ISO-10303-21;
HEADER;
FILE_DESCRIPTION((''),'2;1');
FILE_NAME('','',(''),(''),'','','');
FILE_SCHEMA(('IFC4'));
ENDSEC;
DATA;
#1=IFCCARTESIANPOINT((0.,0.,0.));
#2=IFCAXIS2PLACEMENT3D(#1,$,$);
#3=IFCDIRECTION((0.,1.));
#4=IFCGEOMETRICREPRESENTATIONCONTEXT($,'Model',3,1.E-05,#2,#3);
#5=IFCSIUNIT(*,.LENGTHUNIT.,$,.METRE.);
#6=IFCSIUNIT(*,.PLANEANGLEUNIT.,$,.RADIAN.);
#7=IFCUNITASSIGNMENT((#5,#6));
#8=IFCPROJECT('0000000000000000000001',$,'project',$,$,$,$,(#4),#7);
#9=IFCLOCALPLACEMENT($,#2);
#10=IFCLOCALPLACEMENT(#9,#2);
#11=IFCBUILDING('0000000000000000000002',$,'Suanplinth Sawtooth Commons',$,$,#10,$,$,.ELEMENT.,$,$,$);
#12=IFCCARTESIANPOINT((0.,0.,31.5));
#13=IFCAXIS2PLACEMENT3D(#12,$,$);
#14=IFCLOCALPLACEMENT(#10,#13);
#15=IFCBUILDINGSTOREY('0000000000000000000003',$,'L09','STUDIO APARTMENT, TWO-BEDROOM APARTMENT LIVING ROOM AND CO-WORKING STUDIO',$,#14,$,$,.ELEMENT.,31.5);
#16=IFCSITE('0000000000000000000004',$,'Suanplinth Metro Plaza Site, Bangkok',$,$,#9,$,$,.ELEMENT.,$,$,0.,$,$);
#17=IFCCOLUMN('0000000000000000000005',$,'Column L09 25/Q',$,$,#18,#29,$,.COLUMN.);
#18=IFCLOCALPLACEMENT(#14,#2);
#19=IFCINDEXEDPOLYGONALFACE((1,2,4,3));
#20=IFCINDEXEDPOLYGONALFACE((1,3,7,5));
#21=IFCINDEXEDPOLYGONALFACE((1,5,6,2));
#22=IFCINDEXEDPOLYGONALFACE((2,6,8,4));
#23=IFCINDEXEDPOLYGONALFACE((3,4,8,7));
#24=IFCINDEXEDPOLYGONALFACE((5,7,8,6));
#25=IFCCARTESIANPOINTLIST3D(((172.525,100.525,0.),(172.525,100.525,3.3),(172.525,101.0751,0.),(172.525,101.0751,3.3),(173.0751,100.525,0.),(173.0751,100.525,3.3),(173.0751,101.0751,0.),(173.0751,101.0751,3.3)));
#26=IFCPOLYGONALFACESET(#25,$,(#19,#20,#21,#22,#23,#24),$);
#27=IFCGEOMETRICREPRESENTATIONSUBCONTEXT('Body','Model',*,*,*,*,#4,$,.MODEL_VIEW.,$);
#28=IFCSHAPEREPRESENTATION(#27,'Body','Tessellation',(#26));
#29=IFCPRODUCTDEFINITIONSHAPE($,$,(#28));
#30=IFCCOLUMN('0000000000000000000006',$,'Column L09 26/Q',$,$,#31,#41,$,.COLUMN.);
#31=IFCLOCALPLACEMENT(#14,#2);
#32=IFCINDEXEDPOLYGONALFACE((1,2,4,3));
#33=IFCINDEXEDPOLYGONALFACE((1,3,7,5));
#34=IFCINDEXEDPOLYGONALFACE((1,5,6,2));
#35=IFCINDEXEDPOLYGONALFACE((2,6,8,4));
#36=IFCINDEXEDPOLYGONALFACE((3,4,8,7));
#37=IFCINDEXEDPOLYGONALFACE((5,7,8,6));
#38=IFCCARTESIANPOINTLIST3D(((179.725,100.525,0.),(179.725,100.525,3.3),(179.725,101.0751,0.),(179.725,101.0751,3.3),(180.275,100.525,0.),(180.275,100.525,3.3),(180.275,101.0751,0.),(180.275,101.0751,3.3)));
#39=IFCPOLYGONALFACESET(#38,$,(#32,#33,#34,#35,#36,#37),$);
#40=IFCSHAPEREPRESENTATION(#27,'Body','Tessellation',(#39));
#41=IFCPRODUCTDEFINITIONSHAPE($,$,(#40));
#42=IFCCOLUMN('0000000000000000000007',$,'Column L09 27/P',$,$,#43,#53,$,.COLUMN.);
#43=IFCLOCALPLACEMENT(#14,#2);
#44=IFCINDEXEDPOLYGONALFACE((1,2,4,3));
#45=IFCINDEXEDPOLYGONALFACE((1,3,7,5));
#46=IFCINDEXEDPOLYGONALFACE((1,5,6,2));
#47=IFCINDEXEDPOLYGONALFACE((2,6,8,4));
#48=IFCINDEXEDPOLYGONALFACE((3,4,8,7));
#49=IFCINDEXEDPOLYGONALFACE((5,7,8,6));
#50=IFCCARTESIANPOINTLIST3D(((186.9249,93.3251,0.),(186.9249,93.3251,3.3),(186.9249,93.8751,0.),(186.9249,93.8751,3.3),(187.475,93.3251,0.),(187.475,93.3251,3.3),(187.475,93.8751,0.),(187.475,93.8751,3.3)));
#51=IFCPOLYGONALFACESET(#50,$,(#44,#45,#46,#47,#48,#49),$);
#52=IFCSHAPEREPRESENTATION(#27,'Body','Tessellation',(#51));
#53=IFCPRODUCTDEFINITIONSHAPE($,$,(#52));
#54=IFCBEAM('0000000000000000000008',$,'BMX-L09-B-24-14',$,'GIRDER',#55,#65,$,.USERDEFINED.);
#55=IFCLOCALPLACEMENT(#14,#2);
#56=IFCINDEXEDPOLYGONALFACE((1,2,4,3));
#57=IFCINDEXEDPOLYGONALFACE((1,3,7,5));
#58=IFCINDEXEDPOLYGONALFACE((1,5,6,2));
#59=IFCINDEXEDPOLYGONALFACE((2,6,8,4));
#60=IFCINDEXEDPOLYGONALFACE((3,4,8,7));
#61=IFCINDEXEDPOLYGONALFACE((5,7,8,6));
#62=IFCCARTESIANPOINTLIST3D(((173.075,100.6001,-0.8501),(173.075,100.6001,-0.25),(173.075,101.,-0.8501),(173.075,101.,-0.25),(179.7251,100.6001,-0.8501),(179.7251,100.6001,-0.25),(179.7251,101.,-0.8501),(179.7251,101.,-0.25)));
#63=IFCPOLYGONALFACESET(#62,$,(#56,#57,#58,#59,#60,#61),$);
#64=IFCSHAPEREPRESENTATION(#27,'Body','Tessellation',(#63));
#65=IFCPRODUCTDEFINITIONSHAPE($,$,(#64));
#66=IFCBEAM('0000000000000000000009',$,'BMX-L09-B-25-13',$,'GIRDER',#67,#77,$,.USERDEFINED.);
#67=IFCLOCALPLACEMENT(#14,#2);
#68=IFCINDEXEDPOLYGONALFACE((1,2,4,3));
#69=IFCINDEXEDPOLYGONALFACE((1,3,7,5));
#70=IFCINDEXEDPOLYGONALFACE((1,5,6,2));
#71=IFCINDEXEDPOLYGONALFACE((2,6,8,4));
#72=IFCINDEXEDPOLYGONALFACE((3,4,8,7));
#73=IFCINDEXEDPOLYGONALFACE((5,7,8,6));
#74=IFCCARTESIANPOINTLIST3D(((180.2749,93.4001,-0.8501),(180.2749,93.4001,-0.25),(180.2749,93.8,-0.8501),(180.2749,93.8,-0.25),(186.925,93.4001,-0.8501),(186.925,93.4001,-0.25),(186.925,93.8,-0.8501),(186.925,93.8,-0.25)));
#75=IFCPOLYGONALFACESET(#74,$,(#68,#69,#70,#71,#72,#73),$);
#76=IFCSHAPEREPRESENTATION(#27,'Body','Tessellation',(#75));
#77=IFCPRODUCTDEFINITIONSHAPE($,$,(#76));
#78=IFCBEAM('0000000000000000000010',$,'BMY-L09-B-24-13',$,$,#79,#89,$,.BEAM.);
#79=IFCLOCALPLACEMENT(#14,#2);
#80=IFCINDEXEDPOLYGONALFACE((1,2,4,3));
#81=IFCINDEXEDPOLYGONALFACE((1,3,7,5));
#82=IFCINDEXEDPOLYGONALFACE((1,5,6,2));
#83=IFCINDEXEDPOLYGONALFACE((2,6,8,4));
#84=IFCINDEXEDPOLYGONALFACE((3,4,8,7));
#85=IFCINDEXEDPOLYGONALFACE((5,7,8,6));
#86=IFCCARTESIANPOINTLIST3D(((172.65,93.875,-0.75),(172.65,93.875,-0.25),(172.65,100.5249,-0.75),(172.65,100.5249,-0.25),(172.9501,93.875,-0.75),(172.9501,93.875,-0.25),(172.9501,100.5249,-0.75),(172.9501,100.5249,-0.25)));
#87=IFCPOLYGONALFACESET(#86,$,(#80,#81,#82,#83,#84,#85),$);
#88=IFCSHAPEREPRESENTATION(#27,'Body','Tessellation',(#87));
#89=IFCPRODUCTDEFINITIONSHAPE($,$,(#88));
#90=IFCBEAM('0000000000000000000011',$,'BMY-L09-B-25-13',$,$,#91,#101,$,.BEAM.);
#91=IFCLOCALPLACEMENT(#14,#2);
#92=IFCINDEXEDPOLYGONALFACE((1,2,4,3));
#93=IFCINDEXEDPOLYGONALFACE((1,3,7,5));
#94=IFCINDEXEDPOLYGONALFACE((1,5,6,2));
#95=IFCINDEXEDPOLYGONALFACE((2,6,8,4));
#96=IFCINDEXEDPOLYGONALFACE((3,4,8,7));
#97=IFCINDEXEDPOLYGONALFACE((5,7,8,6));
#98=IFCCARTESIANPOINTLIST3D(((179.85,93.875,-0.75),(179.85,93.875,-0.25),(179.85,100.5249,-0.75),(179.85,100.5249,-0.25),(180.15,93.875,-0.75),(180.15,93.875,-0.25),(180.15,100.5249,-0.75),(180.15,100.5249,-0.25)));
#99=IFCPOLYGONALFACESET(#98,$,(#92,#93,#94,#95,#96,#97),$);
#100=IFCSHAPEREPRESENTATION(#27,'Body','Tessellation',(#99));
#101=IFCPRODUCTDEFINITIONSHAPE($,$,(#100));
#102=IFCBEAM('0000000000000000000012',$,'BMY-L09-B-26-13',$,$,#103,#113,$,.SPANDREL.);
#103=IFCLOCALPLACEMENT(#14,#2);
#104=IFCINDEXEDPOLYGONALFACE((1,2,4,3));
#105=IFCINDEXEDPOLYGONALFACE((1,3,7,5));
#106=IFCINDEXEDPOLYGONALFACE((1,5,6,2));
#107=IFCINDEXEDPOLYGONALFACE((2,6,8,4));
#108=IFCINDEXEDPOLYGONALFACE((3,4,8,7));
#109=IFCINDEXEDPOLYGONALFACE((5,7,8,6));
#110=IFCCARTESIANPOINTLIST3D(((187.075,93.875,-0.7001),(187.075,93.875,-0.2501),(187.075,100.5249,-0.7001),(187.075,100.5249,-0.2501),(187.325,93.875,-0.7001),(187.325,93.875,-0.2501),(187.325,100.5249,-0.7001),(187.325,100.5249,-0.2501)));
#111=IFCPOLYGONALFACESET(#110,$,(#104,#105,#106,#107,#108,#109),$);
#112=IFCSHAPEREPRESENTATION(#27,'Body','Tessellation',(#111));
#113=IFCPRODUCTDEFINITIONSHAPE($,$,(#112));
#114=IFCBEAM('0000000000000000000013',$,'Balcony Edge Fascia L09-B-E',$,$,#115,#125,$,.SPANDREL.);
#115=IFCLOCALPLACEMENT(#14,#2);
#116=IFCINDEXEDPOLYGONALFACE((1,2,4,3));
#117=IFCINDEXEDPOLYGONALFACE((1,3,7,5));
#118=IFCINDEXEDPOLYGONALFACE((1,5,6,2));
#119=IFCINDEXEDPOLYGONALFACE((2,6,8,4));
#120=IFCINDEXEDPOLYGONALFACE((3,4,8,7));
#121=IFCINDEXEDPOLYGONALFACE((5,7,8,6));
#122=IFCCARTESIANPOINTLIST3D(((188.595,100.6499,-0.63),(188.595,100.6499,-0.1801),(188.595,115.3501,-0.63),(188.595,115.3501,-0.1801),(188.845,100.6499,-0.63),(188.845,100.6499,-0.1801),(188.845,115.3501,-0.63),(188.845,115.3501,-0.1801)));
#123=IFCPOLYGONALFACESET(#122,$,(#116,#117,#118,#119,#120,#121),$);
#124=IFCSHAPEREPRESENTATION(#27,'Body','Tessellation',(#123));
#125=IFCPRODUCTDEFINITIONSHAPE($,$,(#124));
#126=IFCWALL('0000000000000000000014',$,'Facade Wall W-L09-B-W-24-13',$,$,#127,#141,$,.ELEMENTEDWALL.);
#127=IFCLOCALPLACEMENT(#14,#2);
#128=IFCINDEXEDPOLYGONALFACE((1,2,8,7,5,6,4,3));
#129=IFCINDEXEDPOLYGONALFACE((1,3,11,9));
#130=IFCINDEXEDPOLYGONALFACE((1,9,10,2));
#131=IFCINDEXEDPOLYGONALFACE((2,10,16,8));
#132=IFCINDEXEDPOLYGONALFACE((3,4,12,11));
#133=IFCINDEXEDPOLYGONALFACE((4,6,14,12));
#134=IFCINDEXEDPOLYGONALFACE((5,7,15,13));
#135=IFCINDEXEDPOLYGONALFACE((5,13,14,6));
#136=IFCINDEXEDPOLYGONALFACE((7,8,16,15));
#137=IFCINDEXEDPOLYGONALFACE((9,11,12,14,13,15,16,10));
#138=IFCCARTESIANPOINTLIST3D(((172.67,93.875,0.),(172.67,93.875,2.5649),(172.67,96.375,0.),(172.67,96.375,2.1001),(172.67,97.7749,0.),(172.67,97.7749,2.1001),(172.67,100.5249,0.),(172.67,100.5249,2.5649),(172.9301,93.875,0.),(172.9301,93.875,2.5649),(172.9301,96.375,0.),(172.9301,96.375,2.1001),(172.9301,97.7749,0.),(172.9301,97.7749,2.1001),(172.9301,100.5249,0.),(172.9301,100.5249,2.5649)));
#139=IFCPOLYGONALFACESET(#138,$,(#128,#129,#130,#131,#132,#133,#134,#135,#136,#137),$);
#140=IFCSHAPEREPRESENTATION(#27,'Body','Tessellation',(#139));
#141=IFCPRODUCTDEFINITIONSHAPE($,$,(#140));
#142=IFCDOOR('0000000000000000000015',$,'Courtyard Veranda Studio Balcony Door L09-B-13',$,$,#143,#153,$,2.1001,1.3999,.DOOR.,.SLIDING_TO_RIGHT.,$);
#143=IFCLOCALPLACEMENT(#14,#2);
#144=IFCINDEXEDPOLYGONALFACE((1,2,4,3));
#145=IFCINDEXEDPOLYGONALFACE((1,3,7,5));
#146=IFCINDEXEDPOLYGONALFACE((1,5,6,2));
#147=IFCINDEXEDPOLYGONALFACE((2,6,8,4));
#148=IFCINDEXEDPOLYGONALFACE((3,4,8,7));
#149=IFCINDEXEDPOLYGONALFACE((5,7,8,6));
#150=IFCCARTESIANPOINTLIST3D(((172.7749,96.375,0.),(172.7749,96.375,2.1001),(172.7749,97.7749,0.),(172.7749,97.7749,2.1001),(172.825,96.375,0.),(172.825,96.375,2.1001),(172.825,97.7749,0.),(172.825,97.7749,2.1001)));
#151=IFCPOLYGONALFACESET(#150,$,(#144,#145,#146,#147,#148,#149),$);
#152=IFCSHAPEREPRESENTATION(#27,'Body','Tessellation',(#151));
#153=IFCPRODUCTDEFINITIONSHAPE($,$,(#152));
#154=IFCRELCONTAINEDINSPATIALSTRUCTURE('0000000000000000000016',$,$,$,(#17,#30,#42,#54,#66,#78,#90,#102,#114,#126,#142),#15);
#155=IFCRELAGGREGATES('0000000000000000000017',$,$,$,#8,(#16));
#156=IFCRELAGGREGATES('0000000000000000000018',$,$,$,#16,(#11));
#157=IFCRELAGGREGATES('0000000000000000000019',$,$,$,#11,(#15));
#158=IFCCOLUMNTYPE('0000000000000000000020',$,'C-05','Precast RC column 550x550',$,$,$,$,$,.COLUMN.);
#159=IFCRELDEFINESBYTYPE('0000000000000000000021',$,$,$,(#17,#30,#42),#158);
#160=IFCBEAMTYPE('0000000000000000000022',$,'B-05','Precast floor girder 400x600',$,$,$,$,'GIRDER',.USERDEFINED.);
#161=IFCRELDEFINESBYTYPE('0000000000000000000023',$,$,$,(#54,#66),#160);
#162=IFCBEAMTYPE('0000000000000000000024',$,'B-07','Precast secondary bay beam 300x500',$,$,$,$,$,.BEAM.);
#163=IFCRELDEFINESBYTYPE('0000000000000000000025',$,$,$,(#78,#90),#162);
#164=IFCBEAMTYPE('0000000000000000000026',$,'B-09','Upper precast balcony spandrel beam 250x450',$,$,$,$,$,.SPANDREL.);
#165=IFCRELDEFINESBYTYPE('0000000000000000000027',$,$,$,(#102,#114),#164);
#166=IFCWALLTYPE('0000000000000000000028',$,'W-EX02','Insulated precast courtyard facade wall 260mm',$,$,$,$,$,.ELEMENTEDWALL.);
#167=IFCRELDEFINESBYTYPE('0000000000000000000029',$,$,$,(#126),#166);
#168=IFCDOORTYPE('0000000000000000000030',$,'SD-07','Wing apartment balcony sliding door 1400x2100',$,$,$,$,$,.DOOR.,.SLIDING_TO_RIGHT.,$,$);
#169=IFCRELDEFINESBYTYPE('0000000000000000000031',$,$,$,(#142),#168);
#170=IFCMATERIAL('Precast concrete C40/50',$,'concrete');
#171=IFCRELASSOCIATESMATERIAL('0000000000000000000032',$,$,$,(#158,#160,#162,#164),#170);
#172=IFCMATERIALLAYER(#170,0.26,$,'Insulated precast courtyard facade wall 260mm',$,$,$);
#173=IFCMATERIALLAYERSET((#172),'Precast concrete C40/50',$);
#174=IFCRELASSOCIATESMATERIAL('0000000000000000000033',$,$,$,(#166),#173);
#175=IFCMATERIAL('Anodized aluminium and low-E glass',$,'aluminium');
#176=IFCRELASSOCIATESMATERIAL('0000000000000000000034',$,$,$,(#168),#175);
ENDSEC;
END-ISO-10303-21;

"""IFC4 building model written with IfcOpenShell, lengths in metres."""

from ifc_helpers import new_model, si_unit, direction, frame, frame_2d, origin, origin_2d, place, context, subcontext, project, spatial, rectangle, extrude, material, layer, layer_set, material_profile, profile_set, type_object, element, fill, save


model = new_model("IFC4")

# Units and contexts
model_context = context("Model", 3, precision=1e-05, world=origin(), true_north=direction((0.0, 1.0)))
body_context = subcontext(model_context, "Body", "Model", "MODEL_VIEW")
ifc_project = project(units=[si_unit("LENGTHUNIT", "METRE"), si_unit("PLANEANGLEUNIT", "RADIAN")], contexts=[model_context])

# Site, building, storey
site_placement = place(None, origin())
site = spatial("IfcSite", under=ifc_project, at=site_placement, Name="Suanplinth Metro Plaza Site, Bangkok", CompositionType="ELEMENT", RefElevation=0.0)
building_placement = place(site_placement, origin())
building = spatial("IfcBuilding", under=site, at=building_placement, Name="Suanplinth Sawtooth Commons", CompositionType="ELEMENT")
storey_placement = place(building_placement, frame((0.0, 0.0, 31.5)))
storey = spatial("IfcBuildingStorey", under=building, at=storey_placement, Name="L09", Description="STUDIO APARTMENT, TWO-BEDROOM APARTMENT LIVING ROOM AND CO-WORKING STUDIO", CompositionType="ELEMENT", Elevation=31.5)

# Columns
ifc_material_1 = material(Name="Precast concrete C40/50", Category="concrete")
ifc_material_profile_1 = material_profile(ifc_material_1, rectangle(XDim=0.55, YDim=0.55, at=origin_2d()), Name="PC-COL 550x550")
ifc_profile_set_1 = profile_set([ifc_material_profile_1], Name="Precast concrete C40/50")
column_type = type_object("IfcColumnType", Name="C-05", Description="Precast RC column 550x550", PredefinedType="COLUMN", material=ifc_profile_set_1)
for number, where, z_axis, x_axis, name in (
    (1, (172.8, 100.8, 0.0), (0.0, 0.0, 1.0), (1.0, 0.0, 0.0), "Column L09 25/Q"),
    (2, (180.0, 100.8, 0.0), (0.0, 0.0, 1.0), (1.0, 0.0, 0.0), "Column L09 26/Q"),
    (3, (187.2, 93.6001, 0.0), (0.0, 0.0, 1.0), (1.0, 0.0, 0.0), "Column L09 27/P"),
):
    element("IfcColumn", number, at=place(storey_placement, frame(where, z_axis=z_axis, x_axis=x_axis)), inside=storey, type_object=column_type, Name=name, PredefinedType="COLUMN", context=body_context, shape_type="SweptSolid", body=[
        extrude(rectangle(XDim=0.55, YDim=0.55, at=origin_2d()), origin(), (0.0, 0.0, 1.0), 3.3),
    ])

# Beams
ifc_material_profile_2 = material_profile(ifc_material_1, rectangle(XDim=0.3999, YDim=0.6001, at=origin_2d()), Name="PC-GDR 400x600")
ifc_profile_set_2 = profile_set([ifc_material_profile_2], Name="Precast concrete C40/50")
beam_type_1 = type_object("IfcBeamType", Name="B-05", Description="Precast floor girder 400x600", ElementType="GIRDER", PredefinedType="USERDEFINED", material=ifc_profile_set_2)
for number, where, z_axis, x_axis, name in (
    (4, (173.075, 100.8, -0.55), (1.0, 0.0, 0.0), (0.0, 1.0, 0.0), "BMX-L09-B-24-14"),
    (5, (180.2749, 93.6001, -0.55), (1.0, 0.0, 0.0), (0.0, 1.0, 0.0), "BMX-L09-B-25-13"),
):
    element("IfcBeam", number, at=place(storey_placement, frame(where, z_axis=z_axis, x_axis=x_axis)), inside=storey, type_object=beam_type_1, Name=name, ObjectType="GIRDER", PredefinedType="USERDEFINED", context=body_context, shape_type="SweptSolid", body=[
        extrude(rectangle(XDim=0.3999, YDim=0.6001, at=origin_2d()), origin(), (0.0, 0.0, 1.0), 6.6501),
    ])
ifc_material_profile_3 = material_profile(ifc_material_1, rectangle(XDim=0.3, YDim=0.5, at=origin_2d()), Name="PC-BM 300x500")
ifc_profile_set_3 = profile_set([ifc_material_profile_3], Name="Precast concrete C40/50")
beam_type_2 = type_object("IfcBeamType", Name="B-07", Description="Precast secondary bay beam 300x500", PredefinedType="BEAM", material=ifc_profile_set_3)
for number, where, z_axis, x_axis, name in (
    (6, (172.8, 93.875, -0.5), (0.0, 1.0, 0.0), (-1.0, 0.0, 0.0), "BMY-L09-B-24-13"),
    (7, (180.0, 93.875, -0.5), (0.0, 1.0, 0.0), (-1.0, 0.0, 0.0), "BMY-L09-B-25-13"),
):
    element("IfcBeam", number, at=place(storey_placement, frame(where, z_axis=z_axis, x_axis=x_axis)), inside=storey, type_object=beam_type_2, Name=name, PredefinedType="BEAM", context=body_context, shape_type="SweptSolid", body=[
        extrude(rectangle(XDim=0.3, YDim=0.5, at=origin_2d()), origin(), (0.0, 0.0, 1.0), 6.6499),
    ])
ifc_material_profile_4 = material_profile(ifc_material_1, rectangle(XDim=0.25, YDim=0.45, at=origin_2d()), Name="PC-SP 250x450")
ifc_profile_set_4 = profile_set([ifc_material_profile_4], Name="Precast concrete C40/50")
beam_type_3 = type_object("IfcBeamType", Name="B-09", Description="Upper precast balcony spandrel beam 250x450", PredefinedType="SPANDREL", material=ifc_profile_set_4)
beam_1_placement = place(storey_placement, frame((187.2, 93.875, -0.4751), z_axis=(0.0, 1.0, 0.0), x_axis=(-1.0, 0.0, 0.0)))
element("IfcBeam", 8, at=beam_1_placement, inside=storey, type_object=beam_type_3, Name="BMY-L09-B-26-13", PredefinedType="SPANDREL", context=body_context, shape_type="SweptSolid", body=[
    extrude(rectangle(XDim=0.25, YDim=0.45, at=origin_2d()), origin(), (0.0, 0.0, 1.0), 6.6499),
])
beam_2_placement = place(storey_placement, frame((188.72, 100.6499, -0.405), z_axis=(0.0, 1.0, 0.0), x_axis=(-1.0, 0.0, 0.0)))
element("IfcBeam", 9, at=beam_2_placement, inside=storey, type_object=beam_type_3, Name="Balcony Edge Fascia L09-B-E", PredefinedType="SPANDREL", context=body_context, shape_type="SweptSolid", body=[
    extrude(rectangle(XDim=0.25, YDim=0.45, at=origin_2d()), origin(), (0.0, 0.0, 1.0), 14.7002),
])

# Wall, opening, door
ifc_layer_1 = layer(ifc_material_1, 0.26, Name="Insulated precast courtyard facade wall 260mm")
ifc_layer_set_1 = layer_set([ifc_layer_1], Name="Precast concrete C40/50")
wall_type_1 = type_object("IfcWallType", Name="W-EX02", Description="Insulated precast courtyard facade wall 260mm", PredefinedType="ELEMENTEDWALL", material=ifc_layer_set_1)
wall_1_placement = place(storey_placement, frame((172.8, 93.875, 0.0), z_axis=(0.0, 0.0, 1.0), x_axis=(0.0, 1.0, 0.0)))
wall_1 = element("IfcWall", 10, at=wall_1_placement, inside=storey, type_object=wall_type_1, Name="Facade Wall W-L09-B-W-24-13", PredefinedType="ELEMENTEDWALL", context=body_context, shape_type="SweptSolid", body=[
    extrude(rectangle(XDim=6.6499, YDim=0.26, at=frame_2d((3.325, 0.0))), origin(), (0.0, 0.0, 1.0), 2.5649),
])
opening_1_placement = place(wall_1_placement, frame((2.5, 0.0, 0.0)))
opening_1 = element("IfcOpeningElement", 11, at=opening_1_placement, cuts=wall_1, PredefinedType="OPENING", context=body_context, shape_type="SweptSolid", body=[
    extrude(rectangle(XDim=1.3999, YDim=2.1001, at=frame_2d((0.7, 1.05))), frame((0.0, 0.145, 0.0), z_axis=(0.0, -1.0, 0.0), x_axis=(1.0, 0.0, 0.0)), (0.0, 0.0, 1.0), 0.2898),
])
ifc_material_2 = material(Name="Anodized aluminium and low-E glass", Category="aluminium")
door_type_1 = type_object("IfcDoorType", Name="SD-07", Description="Wing apartment balcony sliding door 1400x2100", OperationType="SLIDING_TO_RIGHT", PredefinedType="DOOR", material=ifc_material_2)
door_1_placement = place(opening_1_placement, frame((1.3999, 0.0, 0.0), z_axis=(0.0, 0.0, 1.0), x_axis=(-1.0, 0.0, 0.0)))
door_1 = element("IfcDoor", 12, at=door_1_placement, inside=storey, type_object=door_type_1, Name="Courtyard Veranda Studio Balcony Door L09-B-13", OperationType="SLIDING_TO_RIGHT", OverallHeight=2.1001, OverallWidth=1.3999, PredefinedType="DOOR", context=body_context, shape_type="SweptSolid", body=[
    extrude(rectangle(XDim=1.3999, YDim=2.1001, at=frame_2d((0.7, 1.05))), frame((0.0, 0.0249, 0.0), z_axis=(0.0, -1.0, 0.0), x_axis=(1.0, 0.0, 0.0)), (0.0, 0.0, 1.0), 0.05),
])
fill(opening_1, door_1)

save(model, "model.ifc")
